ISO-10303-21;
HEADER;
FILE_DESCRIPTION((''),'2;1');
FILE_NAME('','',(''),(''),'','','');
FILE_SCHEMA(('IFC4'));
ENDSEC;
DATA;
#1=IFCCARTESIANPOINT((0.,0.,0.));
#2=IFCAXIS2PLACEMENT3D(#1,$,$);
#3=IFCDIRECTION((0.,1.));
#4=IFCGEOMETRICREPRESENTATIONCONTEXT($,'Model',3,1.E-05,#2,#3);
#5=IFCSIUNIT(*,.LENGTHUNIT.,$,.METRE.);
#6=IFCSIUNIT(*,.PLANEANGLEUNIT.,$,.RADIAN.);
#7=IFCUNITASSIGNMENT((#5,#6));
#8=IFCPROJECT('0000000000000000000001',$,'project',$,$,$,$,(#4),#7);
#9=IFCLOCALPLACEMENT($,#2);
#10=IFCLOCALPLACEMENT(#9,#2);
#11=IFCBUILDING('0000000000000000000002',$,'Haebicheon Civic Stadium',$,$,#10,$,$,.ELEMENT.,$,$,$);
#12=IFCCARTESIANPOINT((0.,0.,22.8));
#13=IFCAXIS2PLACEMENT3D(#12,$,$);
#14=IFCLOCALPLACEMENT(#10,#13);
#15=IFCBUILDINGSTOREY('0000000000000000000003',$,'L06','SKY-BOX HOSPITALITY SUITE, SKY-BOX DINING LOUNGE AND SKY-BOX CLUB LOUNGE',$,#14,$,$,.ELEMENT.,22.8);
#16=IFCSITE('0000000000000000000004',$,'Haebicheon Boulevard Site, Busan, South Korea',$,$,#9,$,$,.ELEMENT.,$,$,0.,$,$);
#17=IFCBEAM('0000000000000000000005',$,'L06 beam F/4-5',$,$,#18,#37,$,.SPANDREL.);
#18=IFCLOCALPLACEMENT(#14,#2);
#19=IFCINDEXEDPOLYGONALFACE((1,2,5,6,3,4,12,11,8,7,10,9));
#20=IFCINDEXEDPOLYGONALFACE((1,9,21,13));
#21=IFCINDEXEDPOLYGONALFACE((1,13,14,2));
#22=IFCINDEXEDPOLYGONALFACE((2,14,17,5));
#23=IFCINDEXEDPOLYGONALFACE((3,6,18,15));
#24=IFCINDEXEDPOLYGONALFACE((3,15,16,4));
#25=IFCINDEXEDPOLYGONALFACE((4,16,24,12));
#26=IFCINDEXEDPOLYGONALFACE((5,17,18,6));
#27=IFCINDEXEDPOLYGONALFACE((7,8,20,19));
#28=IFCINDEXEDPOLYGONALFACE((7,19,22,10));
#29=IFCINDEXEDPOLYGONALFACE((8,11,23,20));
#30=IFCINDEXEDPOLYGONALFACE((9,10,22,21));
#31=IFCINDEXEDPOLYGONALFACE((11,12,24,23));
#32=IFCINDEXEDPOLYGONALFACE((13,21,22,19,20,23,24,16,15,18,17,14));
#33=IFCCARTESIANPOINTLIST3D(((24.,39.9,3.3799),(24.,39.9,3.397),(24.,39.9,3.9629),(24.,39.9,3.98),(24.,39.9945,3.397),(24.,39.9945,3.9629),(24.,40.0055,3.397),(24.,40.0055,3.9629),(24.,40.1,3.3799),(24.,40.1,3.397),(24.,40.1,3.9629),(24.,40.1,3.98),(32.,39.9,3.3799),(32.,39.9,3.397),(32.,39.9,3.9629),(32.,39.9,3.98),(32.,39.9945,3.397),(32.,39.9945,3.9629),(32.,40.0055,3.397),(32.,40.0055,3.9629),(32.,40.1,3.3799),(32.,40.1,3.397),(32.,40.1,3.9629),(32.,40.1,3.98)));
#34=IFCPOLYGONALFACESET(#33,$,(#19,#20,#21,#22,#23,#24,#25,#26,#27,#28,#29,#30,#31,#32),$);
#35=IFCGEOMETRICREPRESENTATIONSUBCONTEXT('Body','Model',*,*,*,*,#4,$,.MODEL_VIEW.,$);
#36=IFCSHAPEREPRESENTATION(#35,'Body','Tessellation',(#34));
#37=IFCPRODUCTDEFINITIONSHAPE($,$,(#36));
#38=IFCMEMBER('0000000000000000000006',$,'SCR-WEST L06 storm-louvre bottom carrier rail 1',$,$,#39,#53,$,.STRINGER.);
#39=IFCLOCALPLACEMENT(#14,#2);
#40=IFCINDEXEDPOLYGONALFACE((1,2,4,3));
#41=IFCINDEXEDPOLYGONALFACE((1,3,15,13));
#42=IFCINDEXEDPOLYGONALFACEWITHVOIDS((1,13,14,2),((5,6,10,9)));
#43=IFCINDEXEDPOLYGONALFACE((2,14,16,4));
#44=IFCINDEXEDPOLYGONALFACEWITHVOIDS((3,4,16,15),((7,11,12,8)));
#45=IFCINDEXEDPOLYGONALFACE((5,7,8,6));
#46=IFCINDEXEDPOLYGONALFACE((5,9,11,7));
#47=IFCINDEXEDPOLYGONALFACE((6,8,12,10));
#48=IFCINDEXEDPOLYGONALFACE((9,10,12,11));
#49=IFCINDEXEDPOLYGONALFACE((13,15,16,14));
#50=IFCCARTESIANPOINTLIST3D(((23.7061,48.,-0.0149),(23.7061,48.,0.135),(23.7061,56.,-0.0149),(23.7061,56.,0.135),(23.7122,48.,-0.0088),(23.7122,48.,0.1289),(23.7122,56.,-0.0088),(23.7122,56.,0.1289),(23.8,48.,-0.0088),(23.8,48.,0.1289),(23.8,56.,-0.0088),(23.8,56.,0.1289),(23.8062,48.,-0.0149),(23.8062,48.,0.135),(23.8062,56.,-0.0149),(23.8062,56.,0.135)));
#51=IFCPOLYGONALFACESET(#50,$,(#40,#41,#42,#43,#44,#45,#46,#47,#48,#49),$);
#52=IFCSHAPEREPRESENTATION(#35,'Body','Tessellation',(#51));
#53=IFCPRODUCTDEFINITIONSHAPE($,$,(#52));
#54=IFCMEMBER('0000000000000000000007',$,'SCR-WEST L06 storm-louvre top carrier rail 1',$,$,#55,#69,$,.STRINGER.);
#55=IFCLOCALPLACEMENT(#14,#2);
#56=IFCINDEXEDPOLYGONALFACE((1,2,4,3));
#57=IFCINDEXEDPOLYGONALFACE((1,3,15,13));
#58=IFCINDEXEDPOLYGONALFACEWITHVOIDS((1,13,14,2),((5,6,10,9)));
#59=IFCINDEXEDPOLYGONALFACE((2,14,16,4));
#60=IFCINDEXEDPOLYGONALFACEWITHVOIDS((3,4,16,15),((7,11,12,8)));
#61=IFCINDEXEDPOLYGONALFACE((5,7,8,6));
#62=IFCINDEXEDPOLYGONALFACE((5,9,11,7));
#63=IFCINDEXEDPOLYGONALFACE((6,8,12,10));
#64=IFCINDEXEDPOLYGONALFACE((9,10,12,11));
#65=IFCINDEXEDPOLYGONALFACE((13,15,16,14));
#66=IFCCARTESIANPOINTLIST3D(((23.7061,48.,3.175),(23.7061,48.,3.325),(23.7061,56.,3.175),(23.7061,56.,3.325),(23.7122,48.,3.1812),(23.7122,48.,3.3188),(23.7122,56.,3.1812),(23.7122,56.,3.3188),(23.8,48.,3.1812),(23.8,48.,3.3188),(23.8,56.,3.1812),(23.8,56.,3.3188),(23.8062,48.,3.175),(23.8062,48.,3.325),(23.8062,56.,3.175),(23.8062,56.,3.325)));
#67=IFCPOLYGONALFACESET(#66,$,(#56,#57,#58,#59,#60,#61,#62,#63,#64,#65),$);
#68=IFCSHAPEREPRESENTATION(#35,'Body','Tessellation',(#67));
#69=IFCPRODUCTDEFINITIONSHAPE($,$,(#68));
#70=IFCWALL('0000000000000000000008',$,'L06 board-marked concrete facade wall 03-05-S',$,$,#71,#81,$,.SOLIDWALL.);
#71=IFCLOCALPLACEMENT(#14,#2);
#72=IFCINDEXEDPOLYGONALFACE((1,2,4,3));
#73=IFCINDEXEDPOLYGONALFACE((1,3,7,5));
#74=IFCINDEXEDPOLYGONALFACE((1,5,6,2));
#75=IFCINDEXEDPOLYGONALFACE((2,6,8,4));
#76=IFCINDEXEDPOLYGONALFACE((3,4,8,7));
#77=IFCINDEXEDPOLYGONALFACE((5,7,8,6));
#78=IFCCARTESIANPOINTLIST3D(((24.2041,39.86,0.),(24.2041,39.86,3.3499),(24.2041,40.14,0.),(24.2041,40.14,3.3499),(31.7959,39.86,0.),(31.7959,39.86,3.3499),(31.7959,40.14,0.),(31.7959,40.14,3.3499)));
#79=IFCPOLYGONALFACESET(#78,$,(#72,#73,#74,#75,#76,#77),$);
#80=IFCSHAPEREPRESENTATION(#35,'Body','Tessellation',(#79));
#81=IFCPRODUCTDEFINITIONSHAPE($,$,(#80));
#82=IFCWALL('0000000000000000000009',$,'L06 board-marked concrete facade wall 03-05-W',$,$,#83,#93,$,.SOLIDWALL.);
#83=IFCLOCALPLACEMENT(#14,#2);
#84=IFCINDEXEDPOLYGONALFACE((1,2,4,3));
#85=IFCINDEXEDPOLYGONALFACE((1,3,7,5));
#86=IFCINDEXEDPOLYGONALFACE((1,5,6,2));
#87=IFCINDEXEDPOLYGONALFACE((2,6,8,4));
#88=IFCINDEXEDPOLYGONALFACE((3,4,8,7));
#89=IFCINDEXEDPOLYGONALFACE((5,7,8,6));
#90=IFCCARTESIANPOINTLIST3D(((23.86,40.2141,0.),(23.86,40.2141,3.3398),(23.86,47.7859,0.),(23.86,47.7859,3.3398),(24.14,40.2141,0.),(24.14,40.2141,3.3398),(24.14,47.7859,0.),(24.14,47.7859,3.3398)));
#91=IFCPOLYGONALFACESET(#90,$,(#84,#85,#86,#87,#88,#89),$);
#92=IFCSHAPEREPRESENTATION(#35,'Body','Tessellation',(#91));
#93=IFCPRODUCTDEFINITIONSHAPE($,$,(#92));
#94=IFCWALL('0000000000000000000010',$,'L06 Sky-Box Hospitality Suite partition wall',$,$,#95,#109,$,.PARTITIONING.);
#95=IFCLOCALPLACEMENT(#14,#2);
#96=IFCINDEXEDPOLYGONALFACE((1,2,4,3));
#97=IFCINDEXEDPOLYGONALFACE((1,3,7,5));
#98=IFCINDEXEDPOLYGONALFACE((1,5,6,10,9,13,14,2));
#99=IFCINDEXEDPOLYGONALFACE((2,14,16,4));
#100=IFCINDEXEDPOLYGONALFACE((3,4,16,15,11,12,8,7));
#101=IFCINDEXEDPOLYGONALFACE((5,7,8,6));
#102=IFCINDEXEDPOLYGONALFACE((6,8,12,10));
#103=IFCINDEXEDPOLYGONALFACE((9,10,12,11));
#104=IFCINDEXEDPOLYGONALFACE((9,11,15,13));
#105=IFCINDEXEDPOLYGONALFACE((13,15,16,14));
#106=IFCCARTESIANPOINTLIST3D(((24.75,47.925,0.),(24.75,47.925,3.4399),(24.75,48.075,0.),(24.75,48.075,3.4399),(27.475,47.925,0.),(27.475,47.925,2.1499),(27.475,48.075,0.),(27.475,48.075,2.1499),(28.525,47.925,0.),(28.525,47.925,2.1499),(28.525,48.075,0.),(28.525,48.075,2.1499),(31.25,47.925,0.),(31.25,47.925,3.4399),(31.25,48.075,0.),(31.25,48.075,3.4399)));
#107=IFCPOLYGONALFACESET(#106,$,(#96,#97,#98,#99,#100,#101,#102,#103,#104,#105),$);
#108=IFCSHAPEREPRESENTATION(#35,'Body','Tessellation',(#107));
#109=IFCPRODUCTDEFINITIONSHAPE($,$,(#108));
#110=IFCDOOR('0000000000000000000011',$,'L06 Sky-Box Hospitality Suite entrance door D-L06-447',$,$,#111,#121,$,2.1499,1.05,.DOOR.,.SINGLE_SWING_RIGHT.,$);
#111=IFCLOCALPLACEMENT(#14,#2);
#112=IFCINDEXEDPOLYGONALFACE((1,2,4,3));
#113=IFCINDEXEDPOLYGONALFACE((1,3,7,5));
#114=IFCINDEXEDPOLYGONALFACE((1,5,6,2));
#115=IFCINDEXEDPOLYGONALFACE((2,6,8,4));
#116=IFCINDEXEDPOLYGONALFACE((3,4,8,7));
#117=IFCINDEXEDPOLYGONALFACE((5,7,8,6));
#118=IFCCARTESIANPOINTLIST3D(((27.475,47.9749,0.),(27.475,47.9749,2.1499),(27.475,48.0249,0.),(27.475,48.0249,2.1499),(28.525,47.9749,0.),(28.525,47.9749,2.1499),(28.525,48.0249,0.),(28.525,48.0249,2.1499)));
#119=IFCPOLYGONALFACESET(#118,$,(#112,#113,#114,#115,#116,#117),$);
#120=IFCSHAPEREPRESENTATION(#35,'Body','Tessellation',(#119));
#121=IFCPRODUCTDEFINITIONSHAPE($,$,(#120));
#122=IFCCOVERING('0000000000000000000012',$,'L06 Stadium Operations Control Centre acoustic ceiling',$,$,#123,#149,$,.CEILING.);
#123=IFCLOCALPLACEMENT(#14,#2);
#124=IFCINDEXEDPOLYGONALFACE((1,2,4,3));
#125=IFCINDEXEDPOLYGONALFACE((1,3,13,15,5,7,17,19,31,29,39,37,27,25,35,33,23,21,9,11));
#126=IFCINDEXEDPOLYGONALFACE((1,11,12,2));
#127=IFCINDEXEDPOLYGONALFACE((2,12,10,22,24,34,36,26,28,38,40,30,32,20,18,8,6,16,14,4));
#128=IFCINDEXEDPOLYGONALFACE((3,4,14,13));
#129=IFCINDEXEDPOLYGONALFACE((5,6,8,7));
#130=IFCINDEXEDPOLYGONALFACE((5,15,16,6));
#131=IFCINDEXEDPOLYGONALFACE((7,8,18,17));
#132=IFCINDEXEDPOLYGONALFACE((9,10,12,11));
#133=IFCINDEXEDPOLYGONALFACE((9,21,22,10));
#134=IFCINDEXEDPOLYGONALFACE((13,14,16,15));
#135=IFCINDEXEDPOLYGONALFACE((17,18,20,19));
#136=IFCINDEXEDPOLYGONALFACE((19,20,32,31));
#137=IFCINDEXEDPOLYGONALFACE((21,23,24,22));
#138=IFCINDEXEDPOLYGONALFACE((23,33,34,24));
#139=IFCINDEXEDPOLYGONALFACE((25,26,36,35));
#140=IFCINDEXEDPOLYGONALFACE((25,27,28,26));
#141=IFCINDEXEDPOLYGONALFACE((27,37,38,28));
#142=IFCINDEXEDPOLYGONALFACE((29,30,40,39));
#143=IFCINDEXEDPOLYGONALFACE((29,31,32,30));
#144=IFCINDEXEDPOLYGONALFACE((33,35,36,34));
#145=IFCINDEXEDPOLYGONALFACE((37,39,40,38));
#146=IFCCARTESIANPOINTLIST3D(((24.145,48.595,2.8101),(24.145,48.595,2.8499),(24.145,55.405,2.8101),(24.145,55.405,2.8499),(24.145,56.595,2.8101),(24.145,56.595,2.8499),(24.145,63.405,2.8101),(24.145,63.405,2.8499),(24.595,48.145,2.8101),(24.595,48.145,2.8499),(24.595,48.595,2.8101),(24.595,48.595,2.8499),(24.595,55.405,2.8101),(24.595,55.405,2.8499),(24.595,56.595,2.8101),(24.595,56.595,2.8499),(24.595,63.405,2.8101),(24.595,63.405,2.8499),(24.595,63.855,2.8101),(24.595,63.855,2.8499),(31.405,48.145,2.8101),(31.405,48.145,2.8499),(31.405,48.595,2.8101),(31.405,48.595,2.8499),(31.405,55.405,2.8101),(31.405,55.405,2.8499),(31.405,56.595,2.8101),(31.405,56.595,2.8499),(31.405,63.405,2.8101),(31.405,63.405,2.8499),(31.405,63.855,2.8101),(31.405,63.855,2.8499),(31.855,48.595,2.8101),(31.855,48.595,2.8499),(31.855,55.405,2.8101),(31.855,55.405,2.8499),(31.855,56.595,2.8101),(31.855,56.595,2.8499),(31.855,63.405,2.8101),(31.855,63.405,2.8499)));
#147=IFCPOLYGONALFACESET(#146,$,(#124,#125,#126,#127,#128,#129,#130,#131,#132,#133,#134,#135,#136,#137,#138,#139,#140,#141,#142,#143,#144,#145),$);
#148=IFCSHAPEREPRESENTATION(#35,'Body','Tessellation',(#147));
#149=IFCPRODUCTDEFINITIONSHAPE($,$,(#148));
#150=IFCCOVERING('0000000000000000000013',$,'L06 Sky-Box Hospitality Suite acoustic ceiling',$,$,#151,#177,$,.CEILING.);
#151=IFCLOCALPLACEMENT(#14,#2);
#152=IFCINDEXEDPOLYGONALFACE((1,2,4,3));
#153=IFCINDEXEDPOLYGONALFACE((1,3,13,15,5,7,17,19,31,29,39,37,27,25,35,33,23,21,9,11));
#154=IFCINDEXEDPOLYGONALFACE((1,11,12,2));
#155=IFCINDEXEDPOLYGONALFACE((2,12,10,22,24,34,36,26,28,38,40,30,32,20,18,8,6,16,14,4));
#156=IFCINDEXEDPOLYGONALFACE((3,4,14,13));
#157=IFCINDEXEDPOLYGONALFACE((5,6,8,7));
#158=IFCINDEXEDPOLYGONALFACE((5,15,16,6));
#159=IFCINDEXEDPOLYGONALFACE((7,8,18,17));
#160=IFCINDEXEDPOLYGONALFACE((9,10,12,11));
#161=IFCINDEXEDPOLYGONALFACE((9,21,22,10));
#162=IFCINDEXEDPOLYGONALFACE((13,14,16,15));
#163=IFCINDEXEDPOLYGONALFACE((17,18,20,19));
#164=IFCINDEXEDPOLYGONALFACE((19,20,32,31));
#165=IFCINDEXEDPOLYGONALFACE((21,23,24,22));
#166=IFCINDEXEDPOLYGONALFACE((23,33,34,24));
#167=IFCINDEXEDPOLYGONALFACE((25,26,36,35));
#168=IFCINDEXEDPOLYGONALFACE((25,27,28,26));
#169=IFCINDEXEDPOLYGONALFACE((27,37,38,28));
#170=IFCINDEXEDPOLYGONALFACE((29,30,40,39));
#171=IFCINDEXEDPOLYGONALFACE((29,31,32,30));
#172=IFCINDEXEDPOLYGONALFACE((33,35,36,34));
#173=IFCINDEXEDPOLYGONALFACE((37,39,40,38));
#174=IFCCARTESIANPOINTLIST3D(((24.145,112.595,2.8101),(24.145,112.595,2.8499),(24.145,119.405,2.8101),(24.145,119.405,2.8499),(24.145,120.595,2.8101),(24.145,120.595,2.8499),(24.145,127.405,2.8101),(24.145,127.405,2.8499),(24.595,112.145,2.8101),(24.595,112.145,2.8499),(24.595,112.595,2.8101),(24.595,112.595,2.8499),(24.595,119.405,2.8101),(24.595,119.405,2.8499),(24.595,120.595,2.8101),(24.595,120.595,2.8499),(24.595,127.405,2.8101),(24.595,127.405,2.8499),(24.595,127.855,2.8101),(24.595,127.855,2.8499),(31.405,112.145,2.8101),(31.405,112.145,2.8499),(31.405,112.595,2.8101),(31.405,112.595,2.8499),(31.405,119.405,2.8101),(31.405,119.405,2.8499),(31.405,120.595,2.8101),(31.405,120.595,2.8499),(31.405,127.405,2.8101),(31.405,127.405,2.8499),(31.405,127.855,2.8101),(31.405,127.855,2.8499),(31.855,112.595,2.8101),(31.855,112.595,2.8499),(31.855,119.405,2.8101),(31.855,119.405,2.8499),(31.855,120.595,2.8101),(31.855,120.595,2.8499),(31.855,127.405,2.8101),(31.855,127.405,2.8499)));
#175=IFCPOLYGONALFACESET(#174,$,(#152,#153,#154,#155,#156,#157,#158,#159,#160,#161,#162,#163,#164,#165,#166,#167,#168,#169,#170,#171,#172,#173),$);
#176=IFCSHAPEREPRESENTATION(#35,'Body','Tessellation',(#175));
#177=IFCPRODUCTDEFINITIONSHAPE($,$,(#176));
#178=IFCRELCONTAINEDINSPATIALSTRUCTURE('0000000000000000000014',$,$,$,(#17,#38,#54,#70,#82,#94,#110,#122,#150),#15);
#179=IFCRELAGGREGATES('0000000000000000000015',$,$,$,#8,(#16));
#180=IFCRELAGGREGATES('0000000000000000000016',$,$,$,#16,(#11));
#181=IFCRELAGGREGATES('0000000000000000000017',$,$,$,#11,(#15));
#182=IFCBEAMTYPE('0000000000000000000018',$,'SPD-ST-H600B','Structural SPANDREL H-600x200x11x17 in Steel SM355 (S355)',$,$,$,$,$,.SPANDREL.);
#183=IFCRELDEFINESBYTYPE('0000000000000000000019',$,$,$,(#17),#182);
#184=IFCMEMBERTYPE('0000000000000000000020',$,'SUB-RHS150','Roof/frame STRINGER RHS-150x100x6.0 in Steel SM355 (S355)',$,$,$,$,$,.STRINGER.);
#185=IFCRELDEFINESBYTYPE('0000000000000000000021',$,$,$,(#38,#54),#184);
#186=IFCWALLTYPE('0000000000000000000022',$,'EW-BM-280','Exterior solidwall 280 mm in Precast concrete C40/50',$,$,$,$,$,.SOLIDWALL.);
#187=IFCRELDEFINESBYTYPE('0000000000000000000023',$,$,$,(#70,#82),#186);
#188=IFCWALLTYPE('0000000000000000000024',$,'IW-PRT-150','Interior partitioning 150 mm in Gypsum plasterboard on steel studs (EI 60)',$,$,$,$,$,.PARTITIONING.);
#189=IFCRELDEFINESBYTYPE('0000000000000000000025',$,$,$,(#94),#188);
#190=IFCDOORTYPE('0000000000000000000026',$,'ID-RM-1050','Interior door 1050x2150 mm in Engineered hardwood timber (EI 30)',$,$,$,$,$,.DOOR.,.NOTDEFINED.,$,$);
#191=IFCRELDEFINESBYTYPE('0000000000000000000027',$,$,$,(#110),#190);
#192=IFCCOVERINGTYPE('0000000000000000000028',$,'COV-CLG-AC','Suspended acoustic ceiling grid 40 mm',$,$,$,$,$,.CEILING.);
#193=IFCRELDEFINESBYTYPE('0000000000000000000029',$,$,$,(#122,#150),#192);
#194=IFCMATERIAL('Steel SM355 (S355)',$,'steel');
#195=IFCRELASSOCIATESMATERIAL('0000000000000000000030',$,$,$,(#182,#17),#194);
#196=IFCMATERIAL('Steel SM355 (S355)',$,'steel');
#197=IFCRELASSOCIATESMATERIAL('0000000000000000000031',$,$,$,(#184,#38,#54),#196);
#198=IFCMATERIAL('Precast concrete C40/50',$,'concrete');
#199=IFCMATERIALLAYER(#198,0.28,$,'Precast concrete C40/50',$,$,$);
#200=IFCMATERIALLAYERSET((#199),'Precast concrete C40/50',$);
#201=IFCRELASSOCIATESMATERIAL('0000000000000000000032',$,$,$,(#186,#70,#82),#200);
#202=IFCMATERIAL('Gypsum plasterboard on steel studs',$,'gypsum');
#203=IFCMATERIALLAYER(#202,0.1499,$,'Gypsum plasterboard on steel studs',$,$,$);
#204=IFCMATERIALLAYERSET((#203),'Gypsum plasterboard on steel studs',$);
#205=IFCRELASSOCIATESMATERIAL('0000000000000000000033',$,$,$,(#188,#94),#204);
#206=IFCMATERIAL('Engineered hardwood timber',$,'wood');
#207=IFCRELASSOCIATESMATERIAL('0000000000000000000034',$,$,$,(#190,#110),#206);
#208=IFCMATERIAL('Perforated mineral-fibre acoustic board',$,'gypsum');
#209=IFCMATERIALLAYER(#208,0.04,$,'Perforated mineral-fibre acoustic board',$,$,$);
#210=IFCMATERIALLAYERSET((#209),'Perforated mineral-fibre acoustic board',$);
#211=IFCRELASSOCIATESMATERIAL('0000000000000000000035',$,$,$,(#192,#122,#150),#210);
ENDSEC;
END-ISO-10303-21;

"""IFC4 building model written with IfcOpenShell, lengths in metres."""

from ifc_helpers import new_model, si_unit, direction, frame, frame_2d, origin, origin_2d, place, context, subcontext, project, spatial, polyline, rectangle, hollow_rectangle, i_section, outline, extrude, material, layer, layer_set, material_profile, profile_set, type_object, element, fill, save


model = new_model("IFC4")

# Units and contexts
model_context = context("Model", 3, precision=1e-05, world=origin(), true_north=direction((0.0, 1.0)))
body_context = subcontext(model_context, "Body", "Model", "MODEL_VIEW")
ifc_project = project(units=[si_unit("LENGTHUNIT", "METRE"), si_unit("PLANEANGLEUNIT", "RADIAN")], contexts=[model_context])

# Site, building, storey
site_placement = place(None, origin())
site = spatial("IfcSite", under=ifc_project, at=site_placement, Name="Haebicheon Boulevard Site, Busan, South Korea", CompositionType="ELEMENT", RefElevation=0.0)
building_placement = place(site_placement, origin())
building = spatial("IfcBuilding", under=site, at=building_placement, Name="Haebicheon Civic Stadium", CompositionType="ELEMENT")
storey_placement = place(building_placement, frame((0.0, 0.0, 22.8)))
storey = spatial("IfcBuildingStorey", under=building, at=storey_placement, Name="L06", Description="SKY-BOX HOSPITALITY SUITE, SKY-BOX DINING LOUNGE AND SKY-BOX CLUB LOUNGE", CompositionType="ELEMENT", Elevation=22.8)

# Beam
ifc_material_1 = material(Name="Steel SM355 (S355)", Category="steel")
ifc_material_profile_1 = material_profile(ifc_material_1, i_section(OverallWidth=0.2, OverallDepth=0.6001, WebThickness=0.011, FlangeThickness=0.0171, at=origin_2d()), Name="H-600x200x11x17")
ifc_profile_set_1 = profile_set([ifc_material_profile_1], Name="Steel SM355 (S355)")
beam_type_1 = type_object("IfcBeamType", Name="SPD-ST-H600B", Description="Structural SPANDREL H-600x200x11x17 in Steel SM355 (S355)", PredefinedType="SPANDREL", material=ifc_profile_set_1)
for number, where, z_axis, x_axis, name in (
    (1, (24.0, 40.0, 3.6799), (1.0, 0.0, 0.0), (0.0, 1.0, 0.0), "L06 beam F/4-5"),
):
    element("IfcBeam", number, at=place(storey_placement, frame(where, z_axis=z_axis, x_axis=x_axis)), inside=storey, type_object=beam_type_1, material=ifc_profile_set_1, Name=name, PredefinedType="SPANDREL", context=body_context, shape_type="SweptSolid", body=[
        extrude(i_section(OverallWidth=0.2, OverallDepth=0.6001, WebThickness=0.011, FlangeThickness=0.0171, at=origin_2d()), origin(), (0.0, 0.0, 1.0), 8.0),
    ])

# Members
ifc_material_2 = material(Name="Steel SM355 (S355)", Category="steel")
ifc_material_profile_2 = material_profile(ifc_material_2, hollow_rectangle(XDim=0.1001, YDim=0.1499, WallThickness=0.0061, at=origin_2d()), Name="RHS-150x100x6.0")
ifc_profile_set_2 = profile_set([ifc_material_profile_2], Name="Steel SM355 (S355)")
member_type = type_object("IfcMemberType", Name="SUB-RHS150", Description="Roof/frame STRINGER RHS-150x100x6.0 in Steel SM355 (S355)", PredefinedType="STRINGER", material=ifc_profile_set_2)
for number, where, z_axis, x_axis, name in (
    (2, (23.7561, 48.0, 0.0601), (0.0, 1.0, 0.0), (-1.0, 0.0, 0.0), "SCR-WEST L06 storm-louvre bottom carrier rail 1"),
    (3, (23.7561, 48.0, 3.25), (0.0, 1.0, 0.0), (-1.0, 0.0, 0.0), "SCR-WEST L06 storm-louvre top carrier rail 1"),
):
    element("IfcMember", number, at=place(storey_placement, frame(where, z_axis=z_axis, x_axis=x_axis)), inside=storey, type_object=member_type, material=ifc_profile_set_2, Name=name, PredefinedType="STRINGER", context=body_context, shape_type="SweptSolid", body=[
        extrude(hollow_rectangle(XDim=0.1001, YDim=0.1499, WallThickness=0.0061, at=origin_2d()), origin(), (0.0, 0.0, 1.0), 8.0),
    ])

# Walls
ifc_material_3 = material(Name="Precast concrete C40/50", Category="concrete")
ifc_layer_1 = layer(ifc_material_3, 0.28, Name="Precast concrete C40/50")
ifc_layer_set_1 = layer_set([ifc_layer_1], Name="Precast concrete C40/50")
wall_type_1 = type_object("IfcWallType", Name="EW-BM-280", Description="Exterior solidwall 280 mm in Precast concrete C40/50", PredefinedType="SOLIDWALL", material=ifc_layer_set_1)
wall_1_placement = place(storey_placement, frame((24.2041, 40.0, 0.0), z_axis=(0.0, 0.0, 1.0), x_axis=(1.0, 0.0, 0.0)))
element("IfcWall", 4, at=wall_1_placement, inside=storey, type_object=wall_type_1, material=ifc_layer_set_1, Name="L06 board-marked concrete facade wall 03-05-S", PredefinedType="SOLIDWALL", context=body_context, shape_type="SweptSolid", body=[
    extrude(rectangle(XDim=7.5918, YDim=0.28, at=frame_2d((3.7959, 0.0))), origin(), (0.0, 0.0, 1.0), 3.3499),
])
wall_2_placement = place(storey_placement, frame((24.0, 40.2141, 0.0), z_axis=(0.0, 0.0, 1.0), x_axis=(0.0, 1.0, 0.0)))
element("IfcWall", 5, at=wall_2_placement, inside=storey, type_object=wall_type_1, material=ifc_layer_set_1, Name="L06 board-marked concrete facade wall 03-05-W", PredefinedType="SOLIDWALL", context=body_context, shape_type="SweptSolid", body=[
    extrude(rectangle(XDim=7.5718, YDim=0.28, at=frame_2d((3.7859, 0.0))), origin(), (0.0, 0.0, 1.0), 3.3398),
])

# Wall, opening, door
ifc_material_4 = material(Name="Gypsum plasterboard on steel studs", Category="gypsum")
ifc_layer_2 = layer(ifc_material_4, 0.1499, Name="Gypsum plasterboard on steel studs")
ifc_layer_set_2 = layer_set([ifc_layer_2], Name="Gypsum plasterboard on steel studs")
wall_type_2 = type_object("IfcWallType", Name="IW-PRT-150", Description="Interior partitioning 150 mm in Gypsum plasterboard on steel studs (EI 60)", PredefinedType="PARTITIONING", material=ifc_layer_set_2)
wall_3_placement = place(storey_placement, frame((24.75, 48.0, 0.0), z_axis=(0.0, 0.0, 1.0), x_axis=(1.0, 0.0, 0.0)))
wall_3 = element("IfcWall", 6, at=wall_3_placement, inside=storey, type_object=wall_type_2, material=ifc_layer_set_2, Name="L06 Sky-Box Hospitality Suite partition wall", PredefinedType="PARTITIONING", context=body_context, shape_type="SweptSolid", body=[
    extrude(rectangle(XDim=6.5, YDim=0.1499, at=frame_2d((3.25, 0.0))), origin(), (0.0, 0.0, 1.0), 3.4399),
])
opening_placement = place(wall_3_placement, frame((2.7251, 0.0, 0.0)))
opening = element("IfcOpeningElement", 7, at=opening_placement, cuts=wall_3, PredefinedType="OPENING", context=body_context, shape_type="SweptSolid", body=[
    extrude(rectangle(XDim=1.05, YDim=2.1499, at=frame_2d((0.5249, 1.075))), frame((0.0, 0.085, 0.0), z_axis=(0.0, -1.0, 0.0), x_axis=(1.0, 0.0, 0.0)), (0.0, 0.0, 1.0), 0.1699),
])
ifc_material_5 = material(Name="Engineered hardwood timber", Category="wood")
door_type = type_object("IfcDoorType", Name="ID-RM-1050", Description="Interior door 1050x2150 mm in Engineered hardwood timber (EI 30)", OperationType="NOTDEFINED", PredefinedType="DOOR", material=ifc_material_5)
door_placement = place(opening_placement, origin())
door = element("IfcDoor", 8, at=door_placement, inside=storey, type_object=door_type, material=ifc_material_5, Name="L06 Sky-Box Hospitality Suite entrance door D-L06-447", OperationType="SINGLE_SWING_RIGHT", OverallHeight=2.1499, OverallWidth=1.05, PredefinedType="DOOR", context=body_context, shape_type="SweptSolid", body=[
    extrude(rectangle(XDim=1.05, YDim=2.1499, at=frame_2d((0.5249, 1.075))), frame((0.0, 0.0249, 0.0), z_axis=(0.0, -1.0, 0.0), x_axis=(1.0, 0.0, 0.0)), (0.0, 0.0, 1.0), 0.05),
])
fill(opening, door)

# Coverings
ifc_material_6 = material(Name="Perforated mineral-fibre acoustic board", Category="gypsum")
ifc_layer_3 = layer(ifc_material_6, 0.04, Name="Perforated mineral-fibre acoustic board")
ifc_layer_set_3 = layer_set([ifc_layer_3], Name="Perforated mineral-fibre acoustic board")
covering_type_1 = type_object("IfcCoveringType", Name="COV-CLG-AC", Description="Suspended acoustic ceiling grid 40 mm", PredefinedType="CEILING", material=ifc_layer_set_3)
covering_1_placement = place(storey_placement, frame((0.0, 0.0, 2.8101)))
element("IfcCovering", 9, at=covering_1_placement, inside=storey, type_object=covering_type_1, material=ifc_layer_set_3, Name="L06 Stadium Operations Control Centre acoustic ceiling", PredefinedType="CEILING", context=body_context, shape_type="SweptSolid", body=[
    extrude(outline(polyline([(24.595, 48.145), (24.595, 48.595), (24.145, 48.595), (24.145, 55.405), (24.595, 55.405), (24.595, 56.595), (24.145, 56.595), (24.145, 63.405), (24.595, 63.405), (24.595, 63.855), (31.405, 63.855), (31.405, 63.405), (31.855, 63.405), (31.855, 56.595), (31.405, 56.595), (31.405, 55.405), (31.855, 55.405), (31.855, 48.595), (31.405, 48.595), (31.405, 48.145), (24.595, 48.145)])), origin(), (0.0, 0.0, 1.0), 0.0398),
])
covering_2_placement = place(storey_placement, frame((0.0, 0.0, 2.8101)))
element("IfcCovering", 10, at=covering_2_placement, inside=storey, type_object=covering_type_1, material=ifc_layer_set_3, Name="L06 Sky-Box Hospitality Suite acoustic ceiling", PredefinedType="CEILING", context=body_context, shape_type="SweptSolid", body=[
    extrude(outline(polyline([(24.595, 112.145), (24.595, 112.595), (24.145, 112.595), (24.145, 119.405), (24.595, 119.405), (24.595, 120.595), (24.145, 120.595), (24.145, 127.405), (24.595, 127.405), (24.595, 127.855), (31.405, 127.855), (31.405, 127.405), (31.855, 127.405), (31.855, 120.595), (31.405, 120.595), (31.405, 119.405), (31.855, 119.405), (31.855, 112.595), (31.405, 112.595), (31.405, 112.145), (24.595, 112.145)])), origin(), (0.0, 0.0, 1.0), 0.0398),
])

save(model, "model.ifc")
